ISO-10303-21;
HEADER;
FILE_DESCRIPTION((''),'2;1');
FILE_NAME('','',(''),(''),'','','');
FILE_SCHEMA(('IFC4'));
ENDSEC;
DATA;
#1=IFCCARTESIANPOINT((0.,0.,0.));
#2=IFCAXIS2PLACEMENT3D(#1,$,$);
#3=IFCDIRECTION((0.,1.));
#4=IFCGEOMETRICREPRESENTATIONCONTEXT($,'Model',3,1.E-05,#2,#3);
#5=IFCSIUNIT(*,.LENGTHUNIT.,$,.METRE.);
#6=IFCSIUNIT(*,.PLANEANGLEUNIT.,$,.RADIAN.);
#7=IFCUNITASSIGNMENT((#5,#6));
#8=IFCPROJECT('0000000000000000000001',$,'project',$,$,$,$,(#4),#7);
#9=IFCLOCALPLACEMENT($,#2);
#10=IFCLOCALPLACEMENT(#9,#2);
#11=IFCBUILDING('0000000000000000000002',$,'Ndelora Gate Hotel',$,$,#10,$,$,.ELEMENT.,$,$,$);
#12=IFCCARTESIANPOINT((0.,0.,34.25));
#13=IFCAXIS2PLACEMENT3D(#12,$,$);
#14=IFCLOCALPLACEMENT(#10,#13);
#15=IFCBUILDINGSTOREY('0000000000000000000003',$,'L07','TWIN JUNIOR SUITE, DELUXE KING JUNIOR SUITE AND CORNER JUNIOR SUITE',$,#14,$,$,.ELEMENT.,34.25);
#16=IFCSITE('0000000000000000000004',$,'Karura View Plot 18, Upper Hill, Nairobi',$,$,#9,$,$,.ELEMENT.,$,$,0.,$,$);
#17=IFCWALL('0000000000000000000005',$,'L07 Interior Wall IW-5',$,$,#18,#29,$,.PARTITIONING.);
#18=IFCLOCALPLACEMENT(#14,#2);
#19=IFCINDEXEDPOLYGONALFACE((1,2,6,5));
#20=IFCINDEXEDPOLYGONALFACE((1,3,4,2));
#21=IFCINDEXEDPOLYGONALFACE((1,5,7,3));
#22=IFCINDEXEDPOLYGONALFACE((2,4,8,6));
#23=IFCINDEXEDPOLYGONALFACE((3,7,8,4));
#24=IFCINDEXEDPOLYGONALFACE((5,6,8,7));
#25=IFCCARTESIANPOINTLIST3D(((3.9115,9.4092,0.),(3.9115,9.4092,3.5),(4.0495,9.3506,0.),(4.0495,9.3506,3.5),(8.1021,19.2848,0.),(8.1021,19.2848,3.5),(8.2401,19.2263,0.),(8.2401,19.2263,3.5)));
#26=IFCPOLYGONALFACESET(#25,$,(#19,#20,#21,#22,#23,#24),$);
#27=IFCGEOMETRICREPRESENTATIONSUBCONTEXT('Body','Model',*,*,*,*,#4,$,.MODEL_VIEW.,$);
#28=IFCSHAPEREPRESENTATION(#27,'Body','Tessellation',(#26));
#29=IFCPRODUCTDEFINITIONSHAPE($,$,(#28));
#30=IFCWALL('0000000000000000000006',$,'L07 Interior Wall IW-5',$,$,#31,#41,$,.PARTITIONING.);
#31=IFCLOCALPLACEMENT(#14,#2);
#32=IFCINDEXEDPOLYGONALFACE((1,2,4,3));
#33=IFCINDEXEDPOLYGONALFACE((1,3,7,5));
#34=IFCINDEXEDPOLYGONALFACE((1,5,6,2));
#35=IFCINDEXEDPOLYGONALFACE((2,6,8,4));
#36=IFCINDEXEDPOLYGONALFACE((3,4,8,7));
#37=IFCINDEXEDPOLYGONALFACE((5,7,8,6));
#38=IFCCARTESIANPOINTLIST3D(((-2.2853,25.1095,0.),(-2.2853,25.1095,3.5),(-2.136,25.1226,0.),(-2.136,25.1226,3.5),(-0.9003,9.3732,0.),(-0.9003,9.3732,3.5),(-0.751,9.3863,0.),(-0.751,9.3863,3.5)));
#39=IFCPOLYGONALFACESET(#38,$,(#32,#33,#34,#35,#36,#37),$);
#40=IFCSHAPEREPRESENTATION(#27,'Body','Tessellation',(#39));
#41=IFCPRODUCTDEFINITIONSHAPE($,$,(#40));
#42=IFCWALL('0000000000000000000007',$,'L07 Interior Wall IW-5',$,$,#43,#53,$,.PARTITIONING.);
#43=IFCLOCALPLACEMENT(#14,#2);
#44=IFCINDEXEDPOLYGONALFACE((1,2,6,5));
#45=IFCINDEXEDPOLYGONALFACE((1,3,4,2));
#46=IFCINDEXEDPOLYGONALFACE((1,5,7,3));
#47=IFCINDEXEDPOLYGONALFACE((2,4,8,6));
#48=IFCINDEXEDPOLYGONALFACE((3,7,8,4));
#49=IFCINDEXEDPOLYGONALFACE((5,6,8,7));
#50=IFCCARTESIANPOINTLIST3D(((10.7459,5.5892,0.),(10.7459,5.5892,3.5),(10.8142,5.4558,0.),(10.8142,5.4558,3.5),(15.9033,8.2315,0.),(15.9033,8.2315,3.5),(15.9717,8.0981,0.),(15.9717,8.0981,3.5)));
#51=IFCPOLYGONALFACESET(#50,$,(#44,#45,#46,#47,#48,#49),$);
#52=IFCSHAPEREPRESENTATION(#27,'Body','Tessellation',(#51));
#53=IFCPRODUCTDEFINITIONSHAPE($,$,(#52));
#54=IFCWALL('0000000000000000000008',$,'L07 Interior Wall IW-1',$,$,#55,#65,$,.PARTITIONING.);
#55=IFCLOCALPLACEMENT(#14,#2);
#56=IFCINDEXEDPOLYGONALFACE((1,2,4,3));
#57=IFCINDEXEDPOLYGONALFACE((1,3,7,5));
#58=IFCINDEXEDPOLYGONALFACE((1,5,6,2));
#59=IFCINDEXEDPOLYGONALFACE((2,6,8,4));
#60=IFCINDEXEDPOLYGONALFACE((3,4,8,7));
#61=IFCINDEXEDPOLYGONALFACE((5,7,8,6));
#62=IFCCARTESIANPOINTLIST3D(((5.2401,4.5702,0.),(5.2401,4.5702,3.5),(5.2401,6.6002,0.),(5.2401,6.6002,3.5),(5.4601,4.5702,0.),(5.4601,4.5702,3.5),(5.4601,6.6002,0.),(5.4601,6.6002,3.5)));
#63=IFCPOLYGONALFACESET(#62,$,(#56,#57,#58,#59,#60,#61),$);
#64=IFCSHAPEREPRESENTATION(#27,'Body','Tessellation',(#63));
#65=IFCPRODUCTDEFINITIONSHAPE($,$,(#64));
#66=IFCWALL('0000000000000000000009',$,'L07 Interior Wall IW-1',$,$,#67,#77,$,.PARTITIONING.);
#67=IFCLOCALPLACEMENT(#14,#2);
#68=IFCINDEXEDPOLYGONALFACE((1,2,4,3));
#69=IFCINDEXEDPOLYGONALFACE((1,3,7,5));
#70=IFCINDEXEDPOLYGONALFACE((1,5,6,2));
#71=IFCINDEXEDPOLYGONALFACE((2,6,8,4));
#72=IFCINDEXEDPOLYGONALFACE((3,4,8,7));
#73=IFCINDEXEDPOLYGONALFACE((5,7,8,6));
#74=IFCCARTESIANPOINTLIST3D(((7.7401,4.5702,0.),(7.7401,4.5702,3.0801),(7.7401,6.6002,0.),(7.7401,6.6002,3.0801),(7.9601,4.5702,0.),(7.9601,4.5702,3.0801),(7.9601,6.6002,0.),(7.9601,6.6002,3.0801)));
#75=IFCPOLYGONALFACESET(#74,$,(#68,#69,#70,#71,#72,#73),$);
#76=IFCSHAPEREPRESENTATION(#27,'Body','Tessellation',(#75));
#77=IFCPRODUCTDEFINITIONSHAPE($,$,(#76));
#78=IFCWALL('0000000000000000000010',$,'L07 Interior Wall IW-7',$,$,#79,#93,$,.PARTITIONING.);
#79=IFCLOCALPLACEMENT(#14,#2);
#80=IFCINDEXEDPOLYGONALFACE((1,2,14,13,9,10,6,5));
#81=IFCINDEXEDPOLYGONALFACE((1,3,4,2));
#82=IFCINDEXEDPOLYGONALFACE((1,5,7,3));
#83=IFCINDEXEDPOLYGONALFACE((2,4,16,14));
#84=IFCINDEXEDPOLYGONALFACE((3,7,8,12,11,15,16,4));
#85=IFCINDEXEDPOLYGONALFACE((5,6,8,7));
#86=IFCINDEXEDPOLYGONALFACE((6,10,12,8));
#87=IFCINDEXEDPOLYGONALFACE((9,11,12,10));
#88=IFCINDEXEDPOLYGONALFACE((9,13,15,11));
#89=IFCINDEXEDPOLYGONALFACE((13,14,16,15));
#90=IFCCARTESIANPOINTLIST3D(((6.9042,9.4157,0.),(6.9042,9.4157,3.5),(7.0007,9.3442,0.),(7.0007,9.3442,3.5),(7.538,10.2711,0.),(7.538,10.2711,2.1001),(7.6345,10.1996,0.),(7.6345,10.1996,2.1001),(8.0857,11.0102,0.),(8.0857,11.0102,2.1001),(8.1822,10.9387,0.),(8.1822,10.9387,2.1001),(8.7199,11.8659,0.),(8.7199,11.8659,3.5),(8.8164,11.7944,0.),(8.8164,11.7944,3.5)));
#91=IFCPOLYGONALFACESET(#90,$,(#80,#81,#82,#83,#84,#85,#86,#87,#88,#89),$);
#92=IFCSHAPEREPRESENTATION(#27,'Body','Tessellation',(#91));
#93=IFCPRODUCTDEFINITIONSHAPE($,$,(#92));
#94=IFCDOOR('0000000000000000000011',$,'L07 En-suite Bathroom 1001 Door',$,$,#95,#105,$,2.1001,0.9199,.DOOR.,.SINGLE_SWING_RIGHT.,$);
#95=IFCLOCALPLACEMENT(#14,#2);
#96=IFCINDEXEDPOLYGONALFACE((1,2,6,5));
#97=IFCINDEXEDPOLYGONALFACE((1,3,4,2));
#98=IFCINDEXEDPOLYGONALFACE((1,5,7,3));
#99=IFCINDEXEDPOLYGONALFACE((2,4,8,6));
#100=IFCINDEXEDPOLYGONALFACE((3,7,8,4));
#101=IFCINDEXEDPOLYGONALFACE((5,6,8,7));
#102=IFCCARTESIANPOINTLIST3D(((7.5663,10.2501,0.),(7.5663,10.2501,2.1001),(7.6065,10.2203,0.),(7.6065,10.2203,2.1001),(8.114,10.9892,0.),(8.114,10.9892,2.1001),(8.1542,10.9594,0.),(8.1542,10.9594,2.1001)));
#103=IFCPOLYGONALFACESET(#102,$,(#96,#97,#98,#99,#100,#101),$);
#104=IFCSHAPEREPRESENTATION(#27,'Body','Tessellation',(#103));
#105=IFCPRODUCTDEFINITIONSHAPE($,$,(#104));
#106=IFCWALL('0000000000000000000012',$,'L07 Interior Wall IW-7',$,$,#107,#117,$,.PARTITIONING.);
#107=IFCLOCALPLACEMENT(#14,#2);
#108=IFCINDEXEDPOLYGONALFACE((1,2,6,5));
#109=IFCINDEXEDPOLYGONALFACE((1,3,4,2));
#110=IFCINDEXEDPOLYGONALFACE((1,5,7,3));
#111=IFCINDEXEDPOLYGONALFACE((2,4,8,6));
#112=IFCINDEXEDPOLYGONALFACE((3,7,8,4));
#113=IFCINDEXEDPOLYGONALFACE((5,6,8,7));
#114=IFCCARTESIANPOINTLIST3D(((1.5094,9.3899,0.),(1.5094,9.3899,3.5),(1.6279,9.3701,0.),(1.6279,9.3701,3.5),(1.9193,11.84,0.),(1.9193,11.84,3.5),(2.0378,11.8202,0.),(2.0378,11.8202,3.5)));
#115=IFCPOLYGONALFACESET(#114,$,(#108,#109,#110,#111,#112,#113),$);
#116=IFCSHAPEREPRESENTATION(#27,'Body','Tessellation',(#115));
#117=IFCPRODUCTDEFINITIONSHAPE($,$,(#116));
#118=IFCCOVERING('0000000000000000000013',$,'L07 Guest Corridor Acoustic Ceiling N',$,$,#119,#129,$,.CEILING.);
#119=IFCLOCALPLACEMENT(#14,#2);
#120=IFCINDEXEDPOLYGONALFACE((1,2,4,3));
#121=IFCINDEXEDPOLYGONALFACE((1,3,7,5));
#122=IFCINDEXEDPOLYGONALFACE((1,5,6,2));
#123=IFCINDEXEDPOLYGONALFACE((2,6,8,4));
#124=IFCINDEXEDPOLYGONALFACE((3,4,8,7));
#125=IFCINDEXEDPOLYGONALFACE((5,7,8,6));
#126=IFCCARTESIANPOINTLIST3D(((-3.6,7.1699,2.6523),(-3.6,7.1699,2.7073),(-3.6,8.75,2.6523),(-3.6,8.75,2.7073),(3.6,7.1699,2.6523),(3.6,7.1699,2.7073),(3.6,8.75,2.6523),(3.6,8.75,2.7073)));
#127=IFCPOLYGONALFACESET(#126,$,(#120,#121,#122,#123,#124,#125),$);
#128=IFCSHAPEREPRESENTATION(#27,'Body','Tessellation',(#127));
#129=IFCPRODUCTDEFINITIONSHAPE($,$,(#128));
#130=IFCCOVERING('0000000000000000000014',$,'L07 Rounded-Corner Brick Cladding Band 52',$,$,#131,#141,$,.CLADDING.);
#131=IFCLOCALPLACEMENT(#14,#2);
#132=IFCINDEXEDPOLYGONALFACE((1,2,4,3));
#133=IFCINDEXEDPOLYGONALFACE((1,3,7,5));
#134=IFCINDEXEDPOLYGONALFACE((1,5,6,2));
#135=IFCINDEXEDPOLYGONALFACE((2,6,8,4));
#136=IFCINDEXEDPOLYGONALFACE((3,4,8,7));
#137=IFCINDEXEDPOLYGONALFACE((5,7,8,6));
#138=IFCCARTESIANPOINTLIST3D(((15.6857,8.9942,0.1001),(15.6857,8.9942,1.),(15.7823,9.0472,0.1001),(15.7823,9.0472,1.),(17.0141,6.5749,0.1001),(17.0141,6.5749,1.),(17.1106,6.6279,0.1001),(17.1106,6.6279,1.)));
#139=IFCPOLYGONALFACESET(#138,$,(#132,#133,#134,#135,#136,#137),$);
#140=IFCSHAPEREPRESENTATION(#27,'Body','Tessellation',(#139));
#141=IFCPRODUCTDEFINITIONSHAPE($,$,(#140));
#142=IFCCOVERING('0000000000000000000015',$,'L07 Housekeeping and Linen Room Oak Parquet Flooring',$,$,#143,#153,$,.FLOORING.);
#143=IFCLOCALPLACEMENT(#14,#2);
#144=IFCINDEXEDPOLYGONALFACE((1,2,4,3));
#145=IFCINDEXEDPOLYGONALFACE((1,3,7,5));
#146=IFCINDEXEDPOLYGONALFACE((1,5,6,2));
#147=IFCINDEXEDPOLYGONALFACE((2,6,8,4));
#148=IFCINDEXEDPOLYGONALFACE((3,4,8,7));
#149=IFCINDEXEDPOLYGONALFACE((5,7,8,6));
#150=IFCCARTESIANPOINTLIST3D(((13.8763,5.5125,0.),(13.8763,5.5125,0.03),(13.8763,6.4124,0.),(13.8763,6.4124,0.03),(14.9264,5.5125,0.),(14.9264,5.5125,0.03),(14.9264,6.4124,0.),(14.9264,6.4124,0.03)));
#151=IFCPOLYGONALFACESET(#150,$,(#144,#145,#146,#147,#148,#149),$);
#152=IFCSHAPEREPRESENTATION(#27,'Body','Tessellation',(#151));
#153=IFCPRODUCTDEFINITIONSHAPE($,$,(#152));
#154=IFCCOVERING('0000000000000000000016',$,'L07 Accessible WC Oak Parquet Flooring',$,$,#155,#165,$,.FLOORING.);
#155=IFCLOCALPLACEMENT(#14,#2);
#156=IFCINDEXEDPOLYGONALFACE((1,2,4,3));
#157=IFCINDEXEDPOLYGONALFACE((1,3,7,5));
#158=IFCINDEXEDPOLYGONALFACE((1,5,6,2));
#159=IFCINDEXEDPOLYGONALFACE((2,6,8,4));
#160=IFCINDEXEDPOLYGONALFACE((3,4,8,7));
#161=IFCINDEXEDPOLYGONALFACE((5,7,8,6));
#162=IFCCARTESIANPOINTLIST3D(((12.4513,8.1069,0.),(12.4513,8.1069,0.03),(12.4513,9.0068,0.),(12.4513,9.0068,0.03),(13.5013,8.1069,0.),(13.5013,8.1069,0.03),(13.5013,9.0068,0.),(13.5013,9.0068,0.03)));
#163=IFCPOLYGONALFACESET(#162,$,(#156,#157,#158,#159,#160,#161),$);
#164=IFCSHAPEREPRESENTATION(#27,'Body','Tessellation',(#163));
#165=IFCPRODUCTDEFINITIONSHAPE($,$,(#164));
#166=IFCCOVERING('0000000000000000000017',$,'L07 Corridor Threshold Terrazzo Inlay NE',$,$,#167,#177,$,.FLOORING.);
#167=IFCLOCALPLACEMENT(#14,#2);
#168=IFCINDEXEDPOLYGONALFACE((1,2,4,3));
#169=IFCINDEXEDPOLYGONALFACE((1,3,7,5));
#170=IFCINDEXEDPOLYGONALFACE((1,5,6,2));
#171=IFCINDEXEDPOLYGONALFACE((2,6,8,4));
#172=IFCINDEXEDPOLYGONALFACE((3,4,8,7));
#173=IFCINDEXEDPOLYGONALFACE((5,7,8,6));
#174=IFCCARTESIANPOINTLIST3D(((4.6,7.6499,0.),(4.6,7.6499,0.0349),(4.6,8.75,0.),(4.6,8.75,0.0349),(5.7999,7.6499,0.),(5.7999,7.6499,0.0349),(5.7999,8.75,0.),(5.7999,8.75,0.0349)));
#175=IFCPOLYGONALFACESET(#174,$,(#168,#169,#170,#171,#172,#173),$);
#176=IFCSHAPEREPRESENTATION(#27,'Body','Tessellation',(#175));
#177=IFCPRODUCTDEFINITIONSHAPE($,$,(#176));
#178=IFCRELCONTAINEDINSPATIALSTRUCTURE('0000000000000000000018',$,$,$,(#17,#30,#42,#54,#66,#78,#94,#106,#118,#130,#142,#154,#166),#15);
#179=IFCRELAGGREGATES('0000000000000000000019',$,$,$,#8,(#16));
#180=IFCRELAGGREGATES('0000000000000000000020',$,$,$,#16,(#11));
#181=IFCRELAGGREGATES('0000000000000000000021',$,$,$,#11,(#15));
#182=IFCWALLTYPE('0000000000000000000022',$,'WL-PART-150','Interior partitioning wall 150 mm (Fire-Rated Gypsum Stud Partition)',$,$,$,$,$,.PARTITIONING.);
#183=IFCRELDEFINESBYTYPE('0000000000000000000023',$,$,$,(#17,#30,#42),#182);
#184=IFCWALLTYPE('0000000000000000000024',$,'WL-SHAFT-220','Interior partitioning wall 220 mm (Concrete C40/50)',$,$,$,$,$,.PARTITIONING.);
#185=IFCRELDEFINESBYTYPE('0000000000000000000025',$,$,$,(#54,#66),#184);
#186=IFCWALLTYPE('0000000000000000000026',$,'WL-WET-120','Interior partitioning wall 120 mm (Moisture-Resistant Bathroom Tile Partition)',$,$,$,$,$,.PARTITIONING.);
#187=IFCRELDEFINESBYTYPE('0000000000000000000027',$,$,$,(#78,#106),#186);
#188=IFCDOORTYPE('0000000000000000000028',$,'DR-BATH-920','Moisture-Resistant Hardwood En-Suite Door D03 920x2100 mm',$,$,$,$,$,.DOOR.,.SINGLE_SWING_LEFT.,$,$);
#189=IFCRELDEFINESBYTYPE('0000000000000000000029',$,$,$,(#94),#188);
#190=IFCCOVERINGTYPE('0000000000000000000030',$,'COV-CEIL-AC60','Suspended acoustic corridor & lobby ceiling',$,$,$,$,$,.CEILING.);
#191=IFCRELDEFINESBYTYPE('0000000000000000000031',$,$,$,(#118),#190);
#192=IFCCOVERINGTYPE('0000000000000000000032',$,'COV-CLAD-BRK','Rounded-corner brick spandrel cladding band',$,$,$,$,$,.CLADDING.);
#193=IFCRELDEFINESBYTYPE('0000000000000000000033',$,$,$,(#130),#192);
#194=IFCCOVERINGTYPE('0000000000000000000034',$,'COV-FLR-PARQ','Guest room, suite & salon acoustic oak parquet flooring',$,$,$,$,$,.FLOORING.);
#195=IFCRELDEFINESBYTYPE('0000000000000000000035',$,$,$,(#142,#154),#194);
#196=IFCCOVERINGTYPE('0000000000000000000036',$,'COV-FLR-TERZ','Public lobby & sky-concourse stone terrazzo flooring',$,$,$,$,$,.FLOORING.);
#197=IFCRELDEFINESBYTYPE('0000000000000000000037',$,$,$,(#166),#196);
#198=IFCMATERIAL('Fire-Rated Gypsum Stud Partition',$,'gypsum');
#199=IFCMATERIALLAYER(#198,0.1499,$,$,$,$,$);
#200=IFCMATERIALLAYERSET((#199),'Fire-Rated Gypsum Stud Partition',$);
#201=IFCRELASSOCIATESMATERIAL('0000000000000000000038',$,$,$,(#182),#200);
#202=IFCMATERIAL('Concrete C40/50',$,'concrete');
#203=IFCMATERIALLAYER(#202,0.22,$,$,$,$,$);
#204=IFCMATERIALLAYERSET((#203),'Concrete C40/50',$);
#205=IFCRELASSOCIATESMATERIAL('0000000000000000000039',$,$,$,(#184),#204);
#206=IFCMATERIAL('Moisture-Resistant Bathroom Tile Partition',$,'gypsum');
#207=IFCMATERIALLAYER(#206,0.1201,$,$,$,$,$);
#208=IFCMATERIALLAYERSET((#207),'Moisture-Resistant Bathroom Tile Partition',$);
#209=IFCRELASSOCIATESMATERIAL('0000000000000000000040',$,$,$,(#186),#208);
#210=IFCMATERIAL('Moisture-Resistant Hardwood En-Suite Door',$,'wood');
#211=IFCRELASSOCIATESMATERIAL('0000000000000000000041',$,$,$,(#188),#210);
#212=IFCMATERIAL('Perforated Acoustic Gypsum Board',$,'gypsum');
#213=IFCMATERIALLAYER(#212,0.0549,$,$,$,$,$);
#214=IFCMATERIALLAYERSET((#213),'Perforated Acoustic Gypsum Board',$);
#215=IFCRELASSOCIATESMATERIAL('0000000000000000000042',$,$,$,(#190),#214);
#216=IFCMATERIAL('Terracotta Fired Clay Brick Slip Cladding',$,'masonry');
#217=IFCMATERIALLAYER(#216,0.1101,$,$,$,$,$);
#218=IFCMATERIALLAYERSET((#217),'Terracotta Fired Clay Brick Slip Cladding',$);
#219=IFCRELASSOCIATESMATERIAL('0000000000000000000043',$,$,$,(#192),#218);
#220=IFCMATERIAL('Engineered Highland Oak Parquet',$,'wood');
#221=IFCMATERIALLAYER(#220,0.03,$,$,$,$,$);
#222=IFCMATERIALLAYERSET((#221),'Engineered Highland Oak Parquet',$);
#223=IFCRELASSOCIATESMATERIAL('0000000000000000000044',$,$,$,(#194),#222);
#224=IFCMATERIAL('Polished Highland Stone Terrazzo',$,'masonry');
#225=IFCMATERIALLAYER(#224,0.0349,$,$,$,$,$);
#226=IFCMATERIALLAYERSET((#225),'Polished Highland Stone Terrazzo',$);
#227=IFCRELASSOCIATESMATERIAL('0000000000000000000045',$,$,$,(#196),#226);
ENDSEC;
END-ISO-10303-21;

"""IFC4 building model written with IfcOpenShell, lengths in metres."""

from ifc_helpers import new_model, si_unit, direction, frame, frame_2d, origin, origin_2d, place, context, subcontext, project, spatial, rectangle, extrude, material, layer, layer_set, type_object, element, fill, save


model = new_model("IFC4")

# Units and contexts
model_context = context("Model", 3, precision=1e-05, world=origin(), true_north=direction((0.0, 1.0)))
body_context = subcontext(model_context, "Body", "Model", "MODEL_VIEW")
ifc_project = project(units=[si_unit("LENGTHUNIT", "METRE"), si_unit("PLANEANGLEUNIT", "RADIAN")], contexts=[model_context])

# Site, building, storey
site_placement = place(None, origin())
site = spatial("IfcSite", under=ifc_project, at=site_placement, Name="Karura View Plot 18, Upper Hill, Nairobi", CompositionType="ELEMENT", RefElevation=0.0)
building_placement = place(site_placement, origin())
building = spatial("IfcBuilding", under=site, at=building_placement, Name="Ndelora Gate Hotel", CompositionType="ELEMENT")
storey_placement = place(building_placement, frame((0.0, 0.0, 34.25)))
storey = spatial("IfcBuildingStorey", under=building, at=storey_placement, Name="L07", Description="TWIN JUNIOR SUITE, DELUXE KING JUNIOR SUITE AND CORNER JUNIOR SUITE", CompositionType="ELEMENT", Elevation=34.25)

# Shared definitions
ifc_material_1 = material(Name="Fire-Rated Gypsum Stud Partition", Category="gypsum")
ifc_layer_1 = layer(ifc_material_1, 0.1499)
ifc_layer_set_1 = layer_set([ifc_layer_1], Name="Fire-Rated Gypsum Stud Partition")
wall_type_1 = type_object("IfcWallType", Name="WL-PART-150", Description="Interior partitioning wall 150 mm (Fire-Rated Gypsum Stud Partition)", PredefinedType="PARTITIONING", material=ifc_layer_set_1)

# Walls
wall_1_placement = place(storey_placement, frame((3.9805, 9.3799, 0.0), z_axis=(0.0, 0.0, 1.0), x_axis=(0.390626, 0.920549, 0.0)))
element("IfcWall", 1, at=wall_1_placement, inside=storey, type_object=wall_type_1, Name="L07 Interior Wall IW-5", PredefinedType="PARTITIONING", context=body_context, shape_type="SweptSolid", body=[
    extrude(rectangle(XDim=10.728, YDim=0.1499, at=frame_2d((5.364, 0.0))), origin(), (0.0, 0.0, 1.0), 3.5),
])
wall_2_placement = place(storey_placement, frame((-0.8257, 9.3799, 0.0), z_axis=(0.0, 0.0, 1.0), x_axis=(-0.087675, 0.996149, 0.0)))
element("IfcWall", 2, at=wall_2_placement, inside=storey, type_object=wall_type_1, Name="L07 Interior Wall IW-5", PredefinedType="PARTITIONING", context=body_context, shape_type="SweptSolid", body=[
    extrude(rectangle(XDim=15.7971, YDim=0.1499, at=frame_2d((7.8984, 0.0))), origin(), (0.0, 0.0, 1.0), 3.5),
])
wall_3_placement = place(storey_placement, frame((10.78, 5.5225, 0.0), z_axis=(0.0, 0.0, 1.0), x_axis=(0.889994, 0.455972, 0.0)))
element("IfcWall", 3, at=wall_3_placement, inside=storey, type_object=wall_type_1, Name="L07 Interior Wall IW-5", PredefinedType="PARTITIONING", context=body_context, shape_type="SweptSolid", body=[
    extrude(rectangle(XDim=5.7949, YDim=0.1499, at=frame_2d((2.8975, 0.0))), origin(), (0.0, 0.0, 1.0), 3.5),
])
ifc_material_2 = material(Name="Concrete C40/50", Category="concrete")
ifc_layer_2 = layer(ifc_material_2, 0.22)
ifc_layer_set_2 = layer_set([ifc_layer_2], Name="Concrete C40/50")
wall_type_2 = type_object("IfcWallType", Name="WL-SHAFT-220", Description="Interior partitioning wall 220 mm (Concrete C40/50)", PredefinedType="PARTITIONING", material=ifc_layer_set_2)
wall_4_placement = place(storey_placement, frame((5.3501, 4.5701, 0.0), z_axis=(0.0, 0.0, 1.0), x_axis=(0.0, 1.0, 0.0)))
element("IfcWall", 4, at=wall_4_placement, inside=storey, type_object=wall_type_2, Name="L07 Interior Wall IW-1", PredefinedType="PARTITIONING", context=body_context, shape_type="SweptSolid", body=[
    extrude(rectangle(XDim=2.03, YDim=0.22, at=frame_2d((1.0151, 0.0))), origin(), (0.0, 0.0, 1.0), 3.5),
])
wall_5_placement = place(storey_placement, frame((7.8501, 4.5701, 0.0), z_axis=(0.0, 0.0, 1.0), x_axis=(0.0, 1.0, 0.0)))
element("IfcWall", 5, at=wall_5_placement, inside=storey, type_object=wall_type_2, Name="L07 Interior Wall IW-1", PredefinedType="PARTITIONING", context=body_context, shape_type="SweptSolid", body=[
    extrude(rectangle(XDim=2.03, YDim=0.22, at=frame_2d((1.0151, 0.0))), origin(), (0.0, 0.0, 1.0), 3.0801),
])

# Wall, opening, door
ifc_material_3 = material(Name="Moisture-Resistant Bathroom Tile Partition", Category="gypsum")
ifc_layer_3 = layer(ifc_material_3, 0.1201)
ifc_layer_set_3 = layer_set([ifc_layer_3], Name="Moisture-Resistant Bathroom Tile Partition")
wall_type_3 = type_object("IfcWallType", Name="WL-WET-120", Description="Interior partitioning wall 120 mm (Moisture-Resistant Bathroom Tile Partition)", PredefinedType="PARTITIONING", material=ifc_layer_set_3)
wall_6_placement = place(storey_placement, frame((6.9524, 9.3799, 0.0), z_axis=(0.0, 0.0, 1.0), x_axis=(0.595379, 0.803445, 0.0)))
wall_6 = element("IfcWall", 6, at=wall_6_placement, inside=storey, type_object=wall_type_3, Name="L07 Interior Wall IW-7", PredefinedType="PARTITIONING", context=body_context, shape_type="SweptSolid", body=[
    extrude(rectangle(XDim=3.0496, YDim=0.1201, at=frame_2d((1.5249, 0.0))), origin(), (0.0, 0.0, 1.0), 3.5),
])
opening_1_placement = place(wall_6_placement, frame((1.0647, 0.0, 0.0)))
opening_1 = element("IfcOpeningElement", 7, at=opening_1_placement, cuts=wall_6, PredefinedType="OPENING", context=body_context, shape_type="SweptSolid", body=[
    extrude(rectangle(XDim=0.9199, YDim=2.1001, at=frame_2d((0.46, 1.05))), frame((0.0, 0.0701, 0.0), z_axis=(0.0, -1.0, 0.0), x_axis=(1.0, 0.0, 0.0)), (0.0, 0.0, 1.0), 0.1401),
])
ifc_material_4 = material(Name="Moisture-Resistant Hardwood En-Suite Door", Category="wood")
door_type_1 = type_object("IfcDoorType", Name="DR-BATH-920", Description="Moisture-Resistant Hardwood En-Suite Door D03 920x2100 mm", OperationType="SINGLE_SWING_LEFT", PredefinedType="DOOR", material=ifc_material_4)
door_1_placement = place(opening_1_placement, origin())
door_1 = element("IfcDoor", 8, at=door_1_placement, inside=storey, type_object=door_type_1, Name="L07 En-suite Bathroom 1001 Door", OperationType="SINGLE_SWING_RIGHT", OverallHeight=2.1001, OverallWidth=0.9199, PredefinedType="DOOR", context=body_context, shape_type="SweptSolid", body=[
    extrude(rectangle(XDim=0.9199, YDim=2.1001, at=frame_2d((0.46, 1.05))), frame((0.0, 0.0249, 0.0), z_axis=(0.0, -1.0, 0.0), x_axis=(1.0, 0.0, 0.0)), (0.0, 0.0, 1.0), 0.05),
])
fill(opening_1, door_1)

# Wall
wall_7_placement = place(storey_placement, frame((1.5686, 9.3799, 0.0), z_axis=(0.0, 0.0, 1.0), x_axis=(0.165005, 0.986293, 0.0)))
element("IfcWall", 9, at=wall_7_placement, inside=storey, type_object=wall_type_3, Name="L07 Interior Wall IW-7", PredefinedType="PARTITIONING", context=body_context, shape_type="SweptSolid", body=[
    extrude(rectangle(XDim=2.4841, YDim=0.1201, at=frame_2d((1.2422, 0.0))), origin(), (0.0, 0.0, 1.0), 3.5),
])

# Coverings
ifc_material_5 = material(Name="Perforated Acoustic Gypsum Board", Category="gypsum")
ifc_layer_4 = layer(ifc_material_5, 0.0549)
ifc_layer_set_4 = layer_set([ifc_layer_4], Name="Perforated Acoustic Gypsum Board")
covering_type_1 = type_object("IfcCoveringType", Name="COV-CEIL-AC60", Description="Suspended acoustic corridor & lobby ceiling", PredefinedType="CEILING", material=ifc_layer_set_4)
covering_1_placement = place(storey_placement, frame((0.0, 7.96, 2.6523), z_axis=(0.0, 0.0, 1.0), x_axis=(1.0, 0.0, 0.0)))
element("IfcCovering", 10, at=covering_1_placement, inside=storey, type_object=covering_type_1, Name="L07 Guest Corridor Acoustic Ceiling N", PredefinedType="CEILING", context=body_context, shape_type="SweptSolid", body=[
    extrude(rectangle(XDim=7.2, YDim=1.5801, at=origin_2d()), origin(), (0.0, 0.0, 1.0), 0.0549),
])
ifc_material_6 = material(Name="Terracotta Fired Clay Brick Slip Cladding", Category="masonry")
ifc_layer_5 = layer(ifc_material_6, 0.1101)
ifc_layer_set_5 = layer_set([ifc_layer_5], Name="Terracotta Fired Clay Brick Slip Cladding")
covering_type_2 = type_object("IfcCoveringType", Name="COV-CLAD-BRK", Description="Rounded-corner brick spandrel cladding band", PredefinedType="CLADDING", material=ifc_layer_set_5)
covering_2_placement = place(storey_placement, frame((16.3982, 7.811, 0.1001), z_axis=(0.0, 0.0, 1.0), x_axis=(-0.481295, 0.876559, 0.0)))
element("IfcCovering", 11, at=covering_2_placement, inside=storey, type_object=covering_type_2, Name="L07 Rounded-Corner Brick Cladding Band 52", PredefinedType="CLADDING", context=body_context, shape_type="SweptSolid", body=[
    extrude(rectangle(XDim=2.76, YDim=0.1101, at=origin_2d()), origin(), (0.0, 0.0, 1.0), 0.8999),
])
ifc_material_7 = material(Name="Engineered Highland Oak Parquet", Category="wood")
ifc_layer_6 = layer(ifc_material_7, 0.03)
ifc_layer_set_6 = layer_set([ifc_layer_6], Name="Engineered Highland Oak Parquet")
covering_type_3 = type_object("IfcCoveringType", Name="COV-FLR-PARQ", Description="Guest room, suite & salon acoustic oak parquet flooring", PredefinedType="FLOORING", material=ifc_layer_set_6)
for number, where, z_axis, x_axis, name in (
    (12, (14.4014, 5.9624, 0.0), (0.0, 0.0, 1.0), (1.0, 0.0, 0.0), "L07 Housekeeping and Linen Room Oak Parquet Flooring"),
    (13, (12.9763, 8.5569, 0.0), (0.0, 0.0, 1.0), (1.0, 0.0, 0.0), "L07 Accessible WC Oak Parquet Flooring"),
):
    element("IfcCovering", number, at=place(storey_placement, frame(where, z_axis=z_axis, x_axis=x_axis)), inside=storey, type_object=covering_type_3, Name=name, PredefinedType="FLOORING", context=body_context, shape_type="SweptSolid", body=[
        extrude(rectangle(XDim=1.05, YDim=0.8999, at=origin_2d()), origin(), (0.0, 0.0, 1.0), 0.03),
    ])
ifc_material_8 = material(Name="Polished Highland Stone Terrazzo", Category="masonry")
ifc_layer_7 = layer(ifc_material_8, 0.0349)
ifc_layer_set_7 = layer_set([ifc_layer_7], Name="Polished Highland Stone Terrazzo")
covering_type_4 = type_object("IfcCoveringType", Name="COV-FLR-TERZ", Description="Public lobby & sky-concourse stone terrazzo flooring", PredefinedType="FLOORING", material=ifc_layer_set_7)
covering_3_placement = place(storey_placement, frame((5.2, 8.2, 0.0), z_axis=(0.0, 0.0, 1.0), x_axis=(1.0, 0.0, 0.0)))
element("IfcCovering", 14, at=covering_3_placement, inside=storey, type_object=covering_type_4, Name="L07 Corridor Threshold Terrazzo Inlay NE", PredefinedType="FLOORING", context=body_context, shape_type="SweptSolid", body=[
    extrude(rectangle(XDim=1.2, YDim=1.1001, at=origin_2d()), origin(), (0.0, 0.0, 1.0), 0.0349),
])

save(model, "model.ifc")
